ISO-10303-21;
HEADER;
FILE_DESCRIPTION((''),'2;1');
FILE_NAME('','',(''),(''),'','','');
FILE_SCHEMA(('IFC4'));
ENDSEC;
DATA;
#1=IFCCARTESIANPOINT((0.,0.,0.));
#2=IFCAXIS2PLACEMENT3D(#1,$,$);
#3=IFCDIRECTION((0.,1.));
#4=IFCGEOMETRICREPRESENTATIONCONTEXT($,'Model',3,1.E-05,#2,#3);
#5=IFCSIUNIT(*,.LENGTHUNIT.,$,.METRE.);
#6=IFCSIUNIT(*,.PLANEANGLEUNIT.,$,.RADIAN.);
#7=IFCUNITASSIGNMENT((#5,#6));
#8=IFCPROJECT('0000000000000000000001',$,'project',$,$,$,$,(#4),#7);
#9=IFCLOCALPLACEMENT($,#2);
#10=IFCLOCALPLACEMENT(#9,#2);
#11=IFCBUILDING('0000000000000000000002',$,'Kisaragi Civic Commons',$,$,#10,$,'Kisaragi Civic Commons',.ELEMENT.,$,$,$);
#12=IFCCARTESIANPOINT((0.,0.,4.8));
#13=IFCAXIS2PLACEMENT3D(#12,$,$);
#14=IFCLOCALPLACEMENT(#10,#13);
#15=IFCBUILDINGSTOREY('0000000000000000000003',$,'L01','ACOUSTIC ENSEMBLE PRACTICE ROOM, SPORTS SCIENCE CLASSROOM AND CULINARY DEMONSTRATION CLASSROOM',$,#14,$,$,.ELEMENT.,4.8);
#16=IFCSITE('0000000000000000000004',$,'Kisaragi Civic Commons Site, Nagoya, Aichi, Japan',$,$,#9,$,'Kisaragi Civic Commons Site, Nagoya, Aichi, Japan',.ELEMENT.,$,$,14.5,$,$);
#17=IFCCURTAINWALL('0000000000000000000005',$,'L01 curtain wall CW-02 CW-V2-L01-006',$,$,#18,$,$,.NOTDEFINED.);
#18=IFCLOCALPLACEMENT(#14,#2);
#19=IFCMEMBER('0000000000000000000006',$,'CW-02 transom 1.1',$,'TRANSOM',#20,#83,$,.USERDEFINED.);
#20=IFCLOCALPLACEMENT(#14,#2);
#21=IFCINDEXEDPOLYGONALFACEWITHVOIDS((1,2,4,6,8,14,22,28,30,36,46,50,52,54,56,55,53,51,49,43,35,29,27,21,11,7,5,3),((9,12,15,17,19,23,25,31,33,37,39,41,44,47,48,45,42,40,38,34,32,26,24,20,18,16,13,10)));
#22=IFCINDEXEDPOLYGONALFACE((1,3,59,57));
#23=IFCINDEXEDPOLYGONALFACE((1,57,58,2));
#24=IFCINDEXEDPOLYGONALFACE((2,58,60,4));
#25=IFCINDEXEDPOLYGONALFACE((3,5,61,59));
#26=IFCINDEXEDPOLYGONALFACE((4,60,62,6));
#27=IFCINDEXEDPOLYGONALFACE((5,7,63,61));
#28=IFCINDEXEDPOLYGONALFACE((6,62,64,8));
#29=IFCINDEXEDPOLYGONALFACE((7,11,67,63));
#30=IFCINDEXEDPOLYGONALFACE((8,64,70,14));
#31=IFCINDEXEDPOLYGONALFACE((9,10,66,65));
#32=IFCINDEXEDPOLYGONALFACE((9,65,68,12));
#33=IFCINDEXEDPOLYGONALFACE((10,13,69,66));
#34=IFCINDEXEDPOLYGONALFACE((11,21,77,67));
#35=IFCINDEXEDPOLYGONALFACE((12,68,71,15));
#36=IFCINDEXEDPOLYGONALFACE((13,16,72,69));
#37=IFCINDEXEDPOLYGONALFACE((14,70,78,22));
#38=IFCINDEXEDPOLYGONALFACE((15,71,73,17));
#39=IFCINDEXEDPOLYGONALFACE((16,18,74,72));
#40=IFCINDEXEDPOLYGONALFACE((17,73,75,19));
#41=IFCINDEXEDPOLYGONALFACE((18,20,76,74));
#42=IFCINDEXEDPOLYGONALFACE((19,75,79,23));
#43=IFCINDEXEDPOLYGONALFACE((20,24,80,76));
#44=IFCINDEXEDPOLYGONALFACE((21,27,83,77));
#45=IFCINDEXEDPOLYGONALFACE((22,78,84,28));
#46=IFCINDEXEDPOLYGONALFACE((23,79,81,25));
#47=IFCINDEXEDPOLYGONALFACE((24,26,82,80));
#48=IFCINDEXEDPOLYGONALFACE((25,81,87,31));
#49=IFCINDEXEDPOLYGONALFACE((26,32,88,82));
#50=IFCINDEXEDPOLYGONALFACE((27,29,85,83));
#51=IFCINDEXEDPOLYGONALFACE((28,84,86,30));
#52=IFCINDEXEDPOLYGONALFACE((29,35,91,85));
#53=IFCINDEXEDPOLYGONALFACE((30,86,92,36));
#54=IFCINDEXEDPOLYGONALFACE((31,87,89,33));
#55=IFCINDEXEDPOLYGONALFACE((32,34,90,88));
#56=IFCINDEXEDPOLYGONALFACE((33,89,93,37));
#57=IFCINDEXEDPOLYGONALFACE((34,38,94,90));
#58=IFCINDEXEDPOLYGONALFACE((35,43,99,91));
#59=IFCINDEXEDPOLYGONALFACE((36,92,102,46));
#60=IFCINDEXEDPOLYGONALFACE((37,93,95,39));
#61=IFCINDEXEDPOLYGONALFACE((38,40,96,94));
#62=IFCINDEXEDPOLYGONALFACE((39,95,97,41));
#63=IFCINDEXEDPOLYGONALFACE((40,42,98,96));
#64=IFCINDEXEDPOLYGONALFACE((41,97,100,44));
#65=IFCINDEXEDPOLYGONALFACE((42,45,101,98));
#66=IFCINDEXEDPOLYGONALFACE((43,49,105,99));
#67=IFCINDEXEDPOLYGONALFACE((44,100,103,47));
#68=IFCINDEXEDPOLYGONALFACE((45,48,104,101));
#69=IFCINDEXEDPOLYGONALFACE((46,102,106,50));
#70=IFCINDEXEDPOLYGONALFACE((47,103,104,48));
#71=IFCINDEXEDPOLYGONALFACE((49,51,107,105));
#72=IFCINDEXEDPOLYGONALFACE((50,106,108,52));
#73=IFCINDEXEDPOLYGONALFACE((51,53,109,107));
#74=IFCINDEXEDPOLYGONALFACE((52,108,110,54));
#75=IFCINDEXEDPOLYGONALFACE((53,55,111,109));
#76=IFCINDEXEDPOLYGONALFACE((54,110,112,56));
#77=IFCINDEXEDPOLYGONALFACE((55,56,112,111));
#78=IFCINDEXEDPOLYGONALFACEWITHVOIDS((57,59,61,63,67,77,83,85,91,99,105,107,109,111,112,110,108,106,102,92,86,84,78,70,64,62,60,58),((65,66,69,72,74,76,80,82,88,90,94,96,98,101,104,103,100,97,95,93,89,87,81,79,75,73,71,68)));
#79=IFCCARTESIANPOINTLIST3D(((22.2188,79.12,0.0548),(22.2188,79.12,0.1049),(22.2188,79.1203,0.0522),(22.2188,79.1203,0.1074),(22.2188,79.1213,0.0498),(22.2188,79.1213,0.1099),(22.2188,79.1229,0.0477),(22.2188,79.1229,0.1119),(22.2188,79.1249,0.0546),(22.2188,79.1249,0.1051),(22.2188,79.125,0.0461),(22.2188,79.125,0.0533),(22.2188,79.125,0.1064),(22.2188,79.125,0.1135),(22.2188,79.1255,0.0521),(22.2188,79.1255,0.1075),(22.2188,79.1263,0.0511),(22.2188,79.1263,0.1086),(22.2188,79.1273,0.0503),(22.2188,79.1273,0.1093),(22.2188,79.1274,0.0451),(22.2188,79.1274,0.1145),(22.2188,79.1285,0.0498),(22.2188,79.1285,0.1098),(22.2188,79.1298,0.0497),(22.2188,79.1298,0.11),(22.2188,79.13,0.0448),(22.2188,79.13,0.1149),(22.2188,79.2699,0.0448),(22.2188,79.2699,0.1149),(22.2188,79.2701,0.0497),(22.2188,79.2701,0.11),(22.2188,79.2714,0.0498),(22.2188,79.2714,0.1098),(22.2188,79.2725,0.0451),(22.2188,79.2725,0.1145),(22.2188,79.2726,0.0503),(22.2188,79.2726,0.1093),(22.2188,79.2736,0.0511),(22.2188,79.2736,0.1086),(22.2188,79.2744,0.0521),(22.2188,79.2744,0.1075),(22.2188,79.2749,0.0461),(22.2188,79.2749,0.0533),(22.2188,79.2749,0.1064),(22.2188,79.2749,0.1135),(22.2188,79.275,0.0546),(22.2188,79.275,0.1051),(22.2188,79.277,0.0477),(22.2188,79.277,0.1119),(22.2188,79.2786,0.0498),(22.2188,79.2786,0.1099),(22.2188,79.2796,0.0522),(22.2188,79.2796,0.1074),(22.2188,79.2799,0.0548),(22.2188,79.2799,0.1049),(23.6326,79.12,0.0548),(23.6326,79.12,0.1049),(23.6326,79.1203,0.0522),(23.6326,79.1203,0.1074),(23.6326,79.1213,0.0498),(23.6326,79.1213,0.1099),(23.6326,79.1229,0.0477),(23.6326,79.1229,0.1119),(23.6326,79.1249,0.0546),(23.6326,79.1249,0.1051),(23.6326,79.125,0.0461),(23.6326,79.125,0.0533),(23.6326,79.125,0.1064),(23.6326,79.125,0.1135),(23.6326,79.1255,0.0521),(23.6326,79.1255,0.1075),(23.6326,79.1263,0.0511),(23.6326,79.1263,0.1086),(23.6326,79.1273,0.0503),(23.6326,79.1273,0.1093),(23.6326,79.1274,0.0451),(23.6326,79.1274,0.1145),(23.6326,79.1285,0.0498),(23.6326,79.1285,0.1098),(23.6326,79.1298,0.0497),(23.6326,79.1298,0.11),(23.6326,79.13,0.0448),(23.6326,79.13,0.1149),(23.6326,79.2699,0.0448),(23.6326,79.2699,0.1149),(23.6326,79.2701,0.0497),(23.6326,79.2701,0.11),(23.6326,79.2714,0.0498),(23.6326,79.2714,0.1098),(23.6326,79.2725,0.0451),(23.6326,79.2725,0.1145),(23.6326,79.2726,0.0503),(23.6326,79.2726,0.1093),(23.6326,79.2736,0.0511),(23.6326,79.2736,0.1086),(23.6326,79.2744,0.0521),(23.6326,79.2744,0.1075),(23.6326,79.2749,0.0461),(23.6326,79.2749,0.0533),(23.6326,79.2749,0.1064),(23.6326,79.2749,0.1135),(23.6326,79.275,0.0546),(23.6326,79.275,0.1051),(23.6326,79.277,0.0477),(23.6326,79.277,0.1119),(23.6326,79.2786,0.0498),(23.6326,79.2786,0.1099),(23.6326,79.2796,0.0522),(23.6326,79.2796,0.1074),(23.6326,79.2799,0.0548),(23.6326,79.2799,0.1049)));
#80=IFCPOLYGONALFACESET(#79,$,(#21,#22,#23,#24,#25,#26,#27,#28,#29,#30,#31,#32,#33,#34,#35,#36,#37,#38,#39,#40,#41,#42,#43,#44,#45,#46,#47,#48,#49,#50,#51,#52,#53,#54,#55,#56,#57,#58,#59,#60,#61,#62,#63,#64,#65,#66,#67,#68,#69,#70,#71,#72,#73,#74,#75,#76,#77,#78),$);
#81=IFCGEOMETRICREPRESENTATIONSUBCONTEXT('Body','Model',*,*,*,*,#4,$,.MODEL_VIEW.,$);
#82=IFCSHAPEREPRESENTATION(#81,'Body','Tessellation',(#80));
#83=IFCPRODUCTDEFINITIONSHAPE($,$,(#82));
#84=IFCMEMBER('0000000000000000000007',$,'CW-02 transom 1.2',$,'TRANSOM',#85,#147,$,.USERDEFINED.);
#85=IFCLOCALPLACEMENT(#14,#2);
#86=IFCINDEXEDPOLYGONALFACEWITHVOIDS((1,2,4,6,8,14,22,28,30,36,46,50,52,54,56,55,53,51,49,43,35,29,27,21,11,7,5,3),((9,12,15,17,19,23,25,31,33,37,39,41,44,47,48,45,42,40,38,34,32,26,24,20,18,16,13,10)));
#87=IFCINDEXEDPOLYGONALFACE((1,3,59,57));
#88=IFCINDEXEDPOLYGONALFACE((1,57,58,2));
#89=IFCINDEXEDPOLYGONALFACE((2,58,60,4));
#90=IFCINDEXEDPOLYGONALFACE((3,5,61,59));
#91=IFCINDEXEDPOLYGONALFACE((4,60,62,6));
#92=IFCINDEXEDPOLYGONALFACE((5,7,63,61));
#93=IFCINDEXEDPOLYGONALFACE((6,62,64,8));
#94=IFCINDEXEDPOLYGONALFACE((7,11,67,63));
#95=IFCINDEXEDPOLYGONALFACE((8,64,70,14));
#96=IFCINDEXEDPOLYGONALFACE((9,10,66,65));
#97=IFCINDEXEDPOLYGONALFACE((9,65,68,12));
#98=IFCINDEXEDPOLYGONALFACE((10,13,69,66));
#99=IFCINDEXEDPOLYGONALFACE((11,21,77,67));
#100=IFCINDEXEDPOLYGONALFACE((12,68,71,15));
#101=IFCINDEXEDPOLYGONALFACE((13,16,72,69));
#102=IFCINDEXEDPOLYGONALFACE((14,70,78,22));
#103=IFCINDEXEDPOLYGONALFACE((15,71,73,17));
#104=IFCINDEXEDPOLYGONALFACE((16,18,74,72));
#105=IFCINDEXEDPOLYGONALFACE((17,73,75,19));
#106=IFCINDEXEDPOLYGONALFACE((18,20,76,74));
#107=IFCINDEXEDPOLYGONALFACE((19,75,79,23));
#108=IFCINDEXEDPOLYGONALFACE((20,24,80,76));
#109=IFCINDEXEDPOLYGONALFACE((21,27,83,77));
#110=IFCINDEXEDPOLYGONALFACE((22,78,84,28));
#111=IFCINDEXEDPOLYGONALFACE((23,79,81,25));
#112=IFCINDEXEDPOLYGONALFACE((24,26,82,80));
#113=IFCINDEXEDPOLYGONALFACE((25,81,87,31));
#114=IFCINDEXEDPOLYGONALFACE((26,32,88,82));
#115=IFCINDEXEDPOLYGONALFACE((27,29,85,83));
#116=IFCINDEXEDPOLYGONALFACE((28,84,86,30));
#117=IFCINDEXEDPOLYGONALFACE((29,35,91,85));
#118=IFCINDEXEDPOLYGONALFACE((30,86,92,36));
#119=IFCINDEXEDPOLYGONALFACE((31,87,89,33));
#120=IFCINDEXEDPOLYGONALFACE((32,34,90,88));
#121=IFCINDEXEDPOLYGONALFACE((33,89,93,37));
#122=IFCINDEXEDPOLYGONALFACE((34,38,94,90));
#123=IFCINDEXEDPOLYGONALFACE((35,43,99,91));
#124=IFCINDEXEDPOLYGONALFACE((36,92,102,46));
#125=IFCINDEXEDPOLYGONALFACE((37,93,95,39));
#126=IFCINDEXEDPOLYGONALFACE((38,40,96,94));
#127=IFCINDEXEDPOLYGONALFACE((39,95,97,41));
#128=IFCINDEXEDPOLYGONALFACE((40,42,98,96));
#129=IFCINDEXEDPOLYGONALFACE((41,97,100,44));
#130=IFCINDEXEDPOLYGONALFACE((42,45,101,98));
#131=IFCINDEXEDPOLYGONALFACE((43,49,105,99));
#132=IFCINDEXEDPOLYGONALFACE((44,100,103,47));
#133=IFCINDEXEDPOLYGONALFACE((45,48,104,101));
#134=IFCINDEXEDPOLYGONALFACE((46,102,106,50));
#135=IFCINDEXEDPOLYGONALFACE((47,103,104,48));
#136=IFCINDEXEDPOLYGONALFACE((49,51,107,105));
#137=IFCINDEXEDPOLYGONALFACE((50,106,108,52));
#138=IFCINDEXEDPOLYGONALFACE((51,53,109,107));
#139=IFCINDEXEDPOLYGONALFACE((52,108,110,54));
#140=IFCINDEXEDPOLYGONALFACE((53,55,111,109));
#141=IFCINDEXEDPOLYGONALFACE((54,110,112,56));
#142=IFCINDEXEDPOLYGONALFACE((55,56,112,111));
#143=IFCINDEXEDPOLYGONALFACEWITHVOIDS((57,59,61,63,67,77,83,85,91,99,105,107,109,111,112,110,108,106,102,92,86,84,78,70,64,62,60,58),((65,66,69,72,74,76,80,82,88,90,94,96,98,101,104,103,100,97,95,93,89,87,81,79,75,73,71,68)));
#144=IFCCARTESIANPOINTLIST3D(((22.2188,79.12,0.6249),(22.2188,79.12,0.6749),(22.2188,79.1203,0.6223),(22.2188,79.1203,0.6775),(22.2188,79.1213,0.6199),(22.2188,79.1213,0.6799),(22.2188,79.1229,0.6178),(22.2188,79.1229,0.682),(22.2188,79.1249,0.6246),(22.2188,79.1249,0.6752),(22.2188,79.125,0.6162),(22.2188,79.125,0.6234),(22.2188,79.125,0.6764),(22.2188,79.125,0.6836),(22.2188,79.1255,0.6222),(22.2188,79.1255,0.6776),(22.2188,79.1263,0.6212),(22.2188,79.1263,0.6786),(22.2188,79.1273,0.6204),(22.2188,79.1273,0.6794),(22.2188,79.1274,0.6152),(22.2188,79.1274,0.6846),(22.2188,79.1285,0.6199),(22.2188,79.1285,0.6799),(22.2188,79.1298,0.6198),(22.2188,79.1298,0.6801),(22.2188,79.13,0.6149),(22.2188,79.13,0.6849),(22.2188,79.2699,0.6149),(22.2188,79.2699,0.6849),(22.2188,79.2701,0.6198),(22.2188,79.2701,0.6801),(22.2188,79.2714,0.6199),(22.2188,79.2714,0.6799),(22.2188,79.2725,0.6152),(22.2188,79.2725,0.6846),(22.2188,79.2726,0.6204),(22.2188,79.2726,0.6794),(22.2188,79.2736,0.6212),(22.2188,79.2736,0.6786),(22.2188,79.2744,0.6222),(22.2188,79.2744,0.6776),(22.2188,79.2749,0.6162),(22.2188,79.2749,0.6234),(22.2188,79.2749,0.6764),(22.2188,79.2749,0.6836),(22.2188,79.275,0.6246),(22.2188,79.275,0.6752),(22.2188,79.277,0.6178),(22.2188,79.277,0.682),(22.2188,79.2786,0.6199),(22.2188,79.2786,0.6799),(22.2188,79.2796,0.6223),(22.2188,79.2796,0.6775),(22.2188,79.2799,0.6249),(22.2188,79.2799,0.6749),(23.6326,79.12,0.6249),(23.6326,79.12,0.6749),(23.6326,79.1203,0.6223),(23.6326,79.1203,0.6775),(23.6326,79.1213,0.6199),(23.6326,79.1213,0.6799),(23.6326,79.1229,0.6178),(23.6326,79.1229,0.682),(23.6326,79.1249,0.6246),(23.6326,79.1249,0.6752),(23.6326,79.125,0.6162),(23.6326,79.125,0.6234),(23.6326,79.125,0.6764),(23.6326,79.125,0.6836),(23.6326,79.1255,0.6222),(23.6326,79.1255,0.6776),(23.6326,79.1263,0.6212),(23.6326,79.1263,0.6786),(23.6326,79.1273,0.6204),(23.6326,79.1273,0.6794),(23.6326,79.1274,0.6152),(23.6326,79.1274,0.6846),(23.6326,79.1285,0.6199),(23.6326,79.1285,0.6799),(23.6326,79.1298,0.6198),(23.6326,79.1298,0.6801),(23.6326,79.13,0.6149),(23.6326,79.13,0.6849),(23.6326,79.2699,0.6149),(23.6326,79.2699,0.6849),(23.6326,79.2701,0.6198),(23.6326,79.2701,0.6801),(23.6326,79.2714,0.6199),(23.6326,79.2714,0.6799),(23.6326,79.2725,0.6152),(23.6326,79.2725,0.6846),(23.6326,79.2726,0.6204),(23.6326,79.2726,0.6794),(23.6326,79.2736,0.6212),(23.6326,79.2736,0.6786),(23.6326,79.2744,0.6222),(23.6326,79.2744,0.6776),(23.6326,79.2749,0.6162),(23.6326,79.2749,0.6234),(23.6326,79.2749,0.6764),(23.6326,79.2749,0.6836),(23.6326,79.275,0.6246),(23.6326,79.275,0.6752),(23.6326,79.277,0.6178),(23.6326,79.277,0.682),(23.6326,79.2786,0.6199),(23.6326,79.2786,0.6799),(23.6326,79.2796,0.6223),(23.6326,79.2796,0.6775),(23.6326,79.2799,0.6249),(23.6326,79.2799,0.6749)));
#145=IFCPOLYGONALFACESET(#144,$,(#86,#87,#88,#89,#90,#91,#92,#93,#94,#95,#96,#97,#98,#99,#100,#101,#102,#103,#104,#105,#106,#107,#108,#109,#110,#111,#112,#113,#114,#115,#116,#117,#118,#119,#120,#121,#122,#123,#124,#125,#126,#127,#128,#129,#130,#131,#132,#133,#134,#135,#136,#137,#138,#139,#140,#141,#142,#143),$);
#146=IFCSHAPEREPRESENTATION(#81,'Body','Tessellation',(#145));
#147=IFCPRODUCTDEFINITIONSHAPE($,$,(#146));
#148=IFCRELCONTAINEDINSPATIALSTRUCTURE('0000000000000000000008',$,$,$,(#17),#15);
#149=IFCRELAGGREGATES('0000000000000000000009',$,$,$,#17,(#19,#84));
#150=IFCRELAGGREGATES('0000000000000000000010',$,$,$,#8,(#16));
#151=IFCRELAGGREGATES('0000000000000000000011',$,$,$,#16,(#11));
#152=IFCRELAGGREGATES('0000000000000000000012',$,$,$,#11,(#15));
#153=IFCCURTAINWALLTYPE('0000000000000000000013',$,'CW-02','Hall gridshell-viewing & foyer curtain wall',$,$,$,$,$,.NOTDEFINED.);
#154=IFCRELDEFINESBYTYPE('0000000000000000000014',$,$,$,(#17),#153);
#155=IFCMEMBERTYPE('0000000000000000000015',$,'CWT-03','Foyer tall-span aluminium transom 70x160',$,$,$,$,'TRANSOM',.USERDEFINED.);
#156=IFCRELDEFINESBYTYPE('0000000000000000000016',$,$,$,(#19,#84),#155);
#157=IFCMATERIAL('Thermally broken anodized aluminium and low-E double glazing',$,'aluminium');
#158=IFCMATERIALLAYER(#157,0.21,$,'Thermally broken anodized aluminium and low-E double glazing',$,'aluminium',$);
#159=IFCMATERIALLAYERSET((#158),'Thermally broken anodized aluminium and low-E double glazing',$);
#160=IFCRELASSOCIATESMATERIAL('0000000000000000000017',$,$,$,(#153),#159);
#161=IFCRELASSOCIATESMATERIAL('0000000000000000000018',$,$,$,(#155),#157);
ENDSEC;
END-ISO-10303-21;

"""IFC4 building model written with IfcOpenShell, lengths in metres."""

from ifc_helpers import new_model, si_unit, direction, frame, origin, origin_2d, place, context, subcontext, project, spatial, hollow_rectangle, extrude, material, layer, layer_set, material_profile, profile_set, type_object, element, aggregate, save


model = new_model("IFC4")

# Units and contexts
model_context = context("Model", 3, precision=1e-05, world=origin(), true_north=direction((0.0, 1.0)))
body_context = subcontext(model_context, "Body", "Model", "MODEL_VIEW")
ifc_project = project(units=[si_unit("LENGTHUNIT", "METRE"), si_unit("PLANEANGLEUNIT", "RADIAN")], contexts=[model_context])

# Site, building, storey
site_placement = place(None, origin())
site = spatial("IfcSite", under=ifc_project, at=site_placement, Name="Kisaragi Civic Commons Site, Nagoya, Aichi, Japan", LongName="Kisaragi Civic Commons Site, Nagoya, Aichi, Japan", CompositionType="ELEMENT", RefElevation=14.5)
building_placement = place(site_placement, origin())
building = spatial("IfcBuilding", under=site, at=building_placement, Name="Kisaragi Civic Commons", LongName="Kisaragi Civic Commons", CompositionType="ELEMENT")
storey_placement = place(building_placement, frame((0.0, 0.0, 4.8)))
storey = spatial("IfcBuildingStorey", under=building, at=storey_placement, Name="L01", Description="ACOUSTIC ENSEMBLE PRACTICE ROOM, SPORTS SCIENCE CLASSROOM AND CULINARY DEMONSTRATION CLASSROOM", CompositionType="ELEMENT", Elevation=4.8)

# Curtain wall, members
ifc_material_1 = material(Name="Thermally broken anodized aluminium and low-E double glazing", Category="aluminium")
ifc_layer_1 = layer(ifc_material_1, 0.21, Name="Thermally broken anodized aluminium and low-E double glazing", Category="aluminium")
ifc_layer_set_1 = layer_set([ifc_layer_1], Name="Thermally broken anodized aluminium and low-E double glazing")
curtain_wall_type = type_object("IfcCurtainWallType", Name="CW-02", Description="Hall gridshell-viewing & foyer curtain wall", PredefinedType="NOTDEFINED", material=ifc_layer_set_1)
curtain_wall_placement = place(storey_placement, origin())
curtain_wall = element("IfcCurtainWall", 1, at=curtain_wall_placement, inside=storey, type_object=curtain_wall_type, Name="L01 curtain wall CW-02 CW-V2-L01-006", PredefinedType="NOTDEFINED")
ifc_material_profile_1 = material_profile(ifc_material_1, hollow_rectangle(XDim=0.1599, YDim=0.0701, WallThickness=0.0049, InnerFilletRadius=0.0049, OuterFilletRadius=0.01, at=origin_2d()), Name="CWT-70x160x5", Category="aluminium")
ifc_profile_set_1 = profile_set([ifc_material_profile_1], Name="Thermally broken anodized aluminium and low-E double glazing")
member_type_1 = type_object("IfcMemberType", Name="CWT-03", Description="Foyer tall-span aluminium transom 70x160", ElementType="TRANSOM", PredefinedType="USERDEFINED", material=ifc_profile_set_1)
member_1_placement = place(storey_placement, frame((23.6326, 79.2, 0.0798), z_axis=(-1.0, 0.0, 0.0), x_axis=(0.0, -1.0, 0.0)))
member_1 = element("IfcMember", 2, at=member_1_placement, type_object=member_type_1, Name="CW-02 transom 1.1", ObjectType="TRANSOM", PredefinedType="USERDEFINED", context=body_context, shape_type="SweptSolid", body=[
    extrude(hollow_rectangle(XDim=0.1599, YDim=0.0701, WallThickness=0.0049, InnerFilletRadius=0.0049, OuterFilletRadius=0.01, at=origin_2d()), origin(), (0.0, 0.0, 1.0), 1.4138),
])
member_2_placement = place(storey_placement, frame((23.6326, 79.2, 0.6499), z_axis=(-1.0, 0.0, 0.0), x_axis=(0.0, -1.0, 0.0)))
member_2 = element("IfcMember", 3, at=member_2_placement, type_object=member_type_1, Name="CW-02 transom 1.2", ObjectType="TRANSOM", PredefinedType="USERDEFINED", context=body_context, shape_type="SweptSolid", body=[
    extrude(hollow_rectangle(XDim=0.1599, YDim=0.0701, WallThickness=0.0049, InnerFilletRadius=0.0049, OuterFilletRadius=0.01, at=origin_2d()), origin(), (0.0, 0.0, 1.0), 1.4138),
])

aggregate(curtain_wall, [member_1, member_2])

save(model, "model.ifc")
